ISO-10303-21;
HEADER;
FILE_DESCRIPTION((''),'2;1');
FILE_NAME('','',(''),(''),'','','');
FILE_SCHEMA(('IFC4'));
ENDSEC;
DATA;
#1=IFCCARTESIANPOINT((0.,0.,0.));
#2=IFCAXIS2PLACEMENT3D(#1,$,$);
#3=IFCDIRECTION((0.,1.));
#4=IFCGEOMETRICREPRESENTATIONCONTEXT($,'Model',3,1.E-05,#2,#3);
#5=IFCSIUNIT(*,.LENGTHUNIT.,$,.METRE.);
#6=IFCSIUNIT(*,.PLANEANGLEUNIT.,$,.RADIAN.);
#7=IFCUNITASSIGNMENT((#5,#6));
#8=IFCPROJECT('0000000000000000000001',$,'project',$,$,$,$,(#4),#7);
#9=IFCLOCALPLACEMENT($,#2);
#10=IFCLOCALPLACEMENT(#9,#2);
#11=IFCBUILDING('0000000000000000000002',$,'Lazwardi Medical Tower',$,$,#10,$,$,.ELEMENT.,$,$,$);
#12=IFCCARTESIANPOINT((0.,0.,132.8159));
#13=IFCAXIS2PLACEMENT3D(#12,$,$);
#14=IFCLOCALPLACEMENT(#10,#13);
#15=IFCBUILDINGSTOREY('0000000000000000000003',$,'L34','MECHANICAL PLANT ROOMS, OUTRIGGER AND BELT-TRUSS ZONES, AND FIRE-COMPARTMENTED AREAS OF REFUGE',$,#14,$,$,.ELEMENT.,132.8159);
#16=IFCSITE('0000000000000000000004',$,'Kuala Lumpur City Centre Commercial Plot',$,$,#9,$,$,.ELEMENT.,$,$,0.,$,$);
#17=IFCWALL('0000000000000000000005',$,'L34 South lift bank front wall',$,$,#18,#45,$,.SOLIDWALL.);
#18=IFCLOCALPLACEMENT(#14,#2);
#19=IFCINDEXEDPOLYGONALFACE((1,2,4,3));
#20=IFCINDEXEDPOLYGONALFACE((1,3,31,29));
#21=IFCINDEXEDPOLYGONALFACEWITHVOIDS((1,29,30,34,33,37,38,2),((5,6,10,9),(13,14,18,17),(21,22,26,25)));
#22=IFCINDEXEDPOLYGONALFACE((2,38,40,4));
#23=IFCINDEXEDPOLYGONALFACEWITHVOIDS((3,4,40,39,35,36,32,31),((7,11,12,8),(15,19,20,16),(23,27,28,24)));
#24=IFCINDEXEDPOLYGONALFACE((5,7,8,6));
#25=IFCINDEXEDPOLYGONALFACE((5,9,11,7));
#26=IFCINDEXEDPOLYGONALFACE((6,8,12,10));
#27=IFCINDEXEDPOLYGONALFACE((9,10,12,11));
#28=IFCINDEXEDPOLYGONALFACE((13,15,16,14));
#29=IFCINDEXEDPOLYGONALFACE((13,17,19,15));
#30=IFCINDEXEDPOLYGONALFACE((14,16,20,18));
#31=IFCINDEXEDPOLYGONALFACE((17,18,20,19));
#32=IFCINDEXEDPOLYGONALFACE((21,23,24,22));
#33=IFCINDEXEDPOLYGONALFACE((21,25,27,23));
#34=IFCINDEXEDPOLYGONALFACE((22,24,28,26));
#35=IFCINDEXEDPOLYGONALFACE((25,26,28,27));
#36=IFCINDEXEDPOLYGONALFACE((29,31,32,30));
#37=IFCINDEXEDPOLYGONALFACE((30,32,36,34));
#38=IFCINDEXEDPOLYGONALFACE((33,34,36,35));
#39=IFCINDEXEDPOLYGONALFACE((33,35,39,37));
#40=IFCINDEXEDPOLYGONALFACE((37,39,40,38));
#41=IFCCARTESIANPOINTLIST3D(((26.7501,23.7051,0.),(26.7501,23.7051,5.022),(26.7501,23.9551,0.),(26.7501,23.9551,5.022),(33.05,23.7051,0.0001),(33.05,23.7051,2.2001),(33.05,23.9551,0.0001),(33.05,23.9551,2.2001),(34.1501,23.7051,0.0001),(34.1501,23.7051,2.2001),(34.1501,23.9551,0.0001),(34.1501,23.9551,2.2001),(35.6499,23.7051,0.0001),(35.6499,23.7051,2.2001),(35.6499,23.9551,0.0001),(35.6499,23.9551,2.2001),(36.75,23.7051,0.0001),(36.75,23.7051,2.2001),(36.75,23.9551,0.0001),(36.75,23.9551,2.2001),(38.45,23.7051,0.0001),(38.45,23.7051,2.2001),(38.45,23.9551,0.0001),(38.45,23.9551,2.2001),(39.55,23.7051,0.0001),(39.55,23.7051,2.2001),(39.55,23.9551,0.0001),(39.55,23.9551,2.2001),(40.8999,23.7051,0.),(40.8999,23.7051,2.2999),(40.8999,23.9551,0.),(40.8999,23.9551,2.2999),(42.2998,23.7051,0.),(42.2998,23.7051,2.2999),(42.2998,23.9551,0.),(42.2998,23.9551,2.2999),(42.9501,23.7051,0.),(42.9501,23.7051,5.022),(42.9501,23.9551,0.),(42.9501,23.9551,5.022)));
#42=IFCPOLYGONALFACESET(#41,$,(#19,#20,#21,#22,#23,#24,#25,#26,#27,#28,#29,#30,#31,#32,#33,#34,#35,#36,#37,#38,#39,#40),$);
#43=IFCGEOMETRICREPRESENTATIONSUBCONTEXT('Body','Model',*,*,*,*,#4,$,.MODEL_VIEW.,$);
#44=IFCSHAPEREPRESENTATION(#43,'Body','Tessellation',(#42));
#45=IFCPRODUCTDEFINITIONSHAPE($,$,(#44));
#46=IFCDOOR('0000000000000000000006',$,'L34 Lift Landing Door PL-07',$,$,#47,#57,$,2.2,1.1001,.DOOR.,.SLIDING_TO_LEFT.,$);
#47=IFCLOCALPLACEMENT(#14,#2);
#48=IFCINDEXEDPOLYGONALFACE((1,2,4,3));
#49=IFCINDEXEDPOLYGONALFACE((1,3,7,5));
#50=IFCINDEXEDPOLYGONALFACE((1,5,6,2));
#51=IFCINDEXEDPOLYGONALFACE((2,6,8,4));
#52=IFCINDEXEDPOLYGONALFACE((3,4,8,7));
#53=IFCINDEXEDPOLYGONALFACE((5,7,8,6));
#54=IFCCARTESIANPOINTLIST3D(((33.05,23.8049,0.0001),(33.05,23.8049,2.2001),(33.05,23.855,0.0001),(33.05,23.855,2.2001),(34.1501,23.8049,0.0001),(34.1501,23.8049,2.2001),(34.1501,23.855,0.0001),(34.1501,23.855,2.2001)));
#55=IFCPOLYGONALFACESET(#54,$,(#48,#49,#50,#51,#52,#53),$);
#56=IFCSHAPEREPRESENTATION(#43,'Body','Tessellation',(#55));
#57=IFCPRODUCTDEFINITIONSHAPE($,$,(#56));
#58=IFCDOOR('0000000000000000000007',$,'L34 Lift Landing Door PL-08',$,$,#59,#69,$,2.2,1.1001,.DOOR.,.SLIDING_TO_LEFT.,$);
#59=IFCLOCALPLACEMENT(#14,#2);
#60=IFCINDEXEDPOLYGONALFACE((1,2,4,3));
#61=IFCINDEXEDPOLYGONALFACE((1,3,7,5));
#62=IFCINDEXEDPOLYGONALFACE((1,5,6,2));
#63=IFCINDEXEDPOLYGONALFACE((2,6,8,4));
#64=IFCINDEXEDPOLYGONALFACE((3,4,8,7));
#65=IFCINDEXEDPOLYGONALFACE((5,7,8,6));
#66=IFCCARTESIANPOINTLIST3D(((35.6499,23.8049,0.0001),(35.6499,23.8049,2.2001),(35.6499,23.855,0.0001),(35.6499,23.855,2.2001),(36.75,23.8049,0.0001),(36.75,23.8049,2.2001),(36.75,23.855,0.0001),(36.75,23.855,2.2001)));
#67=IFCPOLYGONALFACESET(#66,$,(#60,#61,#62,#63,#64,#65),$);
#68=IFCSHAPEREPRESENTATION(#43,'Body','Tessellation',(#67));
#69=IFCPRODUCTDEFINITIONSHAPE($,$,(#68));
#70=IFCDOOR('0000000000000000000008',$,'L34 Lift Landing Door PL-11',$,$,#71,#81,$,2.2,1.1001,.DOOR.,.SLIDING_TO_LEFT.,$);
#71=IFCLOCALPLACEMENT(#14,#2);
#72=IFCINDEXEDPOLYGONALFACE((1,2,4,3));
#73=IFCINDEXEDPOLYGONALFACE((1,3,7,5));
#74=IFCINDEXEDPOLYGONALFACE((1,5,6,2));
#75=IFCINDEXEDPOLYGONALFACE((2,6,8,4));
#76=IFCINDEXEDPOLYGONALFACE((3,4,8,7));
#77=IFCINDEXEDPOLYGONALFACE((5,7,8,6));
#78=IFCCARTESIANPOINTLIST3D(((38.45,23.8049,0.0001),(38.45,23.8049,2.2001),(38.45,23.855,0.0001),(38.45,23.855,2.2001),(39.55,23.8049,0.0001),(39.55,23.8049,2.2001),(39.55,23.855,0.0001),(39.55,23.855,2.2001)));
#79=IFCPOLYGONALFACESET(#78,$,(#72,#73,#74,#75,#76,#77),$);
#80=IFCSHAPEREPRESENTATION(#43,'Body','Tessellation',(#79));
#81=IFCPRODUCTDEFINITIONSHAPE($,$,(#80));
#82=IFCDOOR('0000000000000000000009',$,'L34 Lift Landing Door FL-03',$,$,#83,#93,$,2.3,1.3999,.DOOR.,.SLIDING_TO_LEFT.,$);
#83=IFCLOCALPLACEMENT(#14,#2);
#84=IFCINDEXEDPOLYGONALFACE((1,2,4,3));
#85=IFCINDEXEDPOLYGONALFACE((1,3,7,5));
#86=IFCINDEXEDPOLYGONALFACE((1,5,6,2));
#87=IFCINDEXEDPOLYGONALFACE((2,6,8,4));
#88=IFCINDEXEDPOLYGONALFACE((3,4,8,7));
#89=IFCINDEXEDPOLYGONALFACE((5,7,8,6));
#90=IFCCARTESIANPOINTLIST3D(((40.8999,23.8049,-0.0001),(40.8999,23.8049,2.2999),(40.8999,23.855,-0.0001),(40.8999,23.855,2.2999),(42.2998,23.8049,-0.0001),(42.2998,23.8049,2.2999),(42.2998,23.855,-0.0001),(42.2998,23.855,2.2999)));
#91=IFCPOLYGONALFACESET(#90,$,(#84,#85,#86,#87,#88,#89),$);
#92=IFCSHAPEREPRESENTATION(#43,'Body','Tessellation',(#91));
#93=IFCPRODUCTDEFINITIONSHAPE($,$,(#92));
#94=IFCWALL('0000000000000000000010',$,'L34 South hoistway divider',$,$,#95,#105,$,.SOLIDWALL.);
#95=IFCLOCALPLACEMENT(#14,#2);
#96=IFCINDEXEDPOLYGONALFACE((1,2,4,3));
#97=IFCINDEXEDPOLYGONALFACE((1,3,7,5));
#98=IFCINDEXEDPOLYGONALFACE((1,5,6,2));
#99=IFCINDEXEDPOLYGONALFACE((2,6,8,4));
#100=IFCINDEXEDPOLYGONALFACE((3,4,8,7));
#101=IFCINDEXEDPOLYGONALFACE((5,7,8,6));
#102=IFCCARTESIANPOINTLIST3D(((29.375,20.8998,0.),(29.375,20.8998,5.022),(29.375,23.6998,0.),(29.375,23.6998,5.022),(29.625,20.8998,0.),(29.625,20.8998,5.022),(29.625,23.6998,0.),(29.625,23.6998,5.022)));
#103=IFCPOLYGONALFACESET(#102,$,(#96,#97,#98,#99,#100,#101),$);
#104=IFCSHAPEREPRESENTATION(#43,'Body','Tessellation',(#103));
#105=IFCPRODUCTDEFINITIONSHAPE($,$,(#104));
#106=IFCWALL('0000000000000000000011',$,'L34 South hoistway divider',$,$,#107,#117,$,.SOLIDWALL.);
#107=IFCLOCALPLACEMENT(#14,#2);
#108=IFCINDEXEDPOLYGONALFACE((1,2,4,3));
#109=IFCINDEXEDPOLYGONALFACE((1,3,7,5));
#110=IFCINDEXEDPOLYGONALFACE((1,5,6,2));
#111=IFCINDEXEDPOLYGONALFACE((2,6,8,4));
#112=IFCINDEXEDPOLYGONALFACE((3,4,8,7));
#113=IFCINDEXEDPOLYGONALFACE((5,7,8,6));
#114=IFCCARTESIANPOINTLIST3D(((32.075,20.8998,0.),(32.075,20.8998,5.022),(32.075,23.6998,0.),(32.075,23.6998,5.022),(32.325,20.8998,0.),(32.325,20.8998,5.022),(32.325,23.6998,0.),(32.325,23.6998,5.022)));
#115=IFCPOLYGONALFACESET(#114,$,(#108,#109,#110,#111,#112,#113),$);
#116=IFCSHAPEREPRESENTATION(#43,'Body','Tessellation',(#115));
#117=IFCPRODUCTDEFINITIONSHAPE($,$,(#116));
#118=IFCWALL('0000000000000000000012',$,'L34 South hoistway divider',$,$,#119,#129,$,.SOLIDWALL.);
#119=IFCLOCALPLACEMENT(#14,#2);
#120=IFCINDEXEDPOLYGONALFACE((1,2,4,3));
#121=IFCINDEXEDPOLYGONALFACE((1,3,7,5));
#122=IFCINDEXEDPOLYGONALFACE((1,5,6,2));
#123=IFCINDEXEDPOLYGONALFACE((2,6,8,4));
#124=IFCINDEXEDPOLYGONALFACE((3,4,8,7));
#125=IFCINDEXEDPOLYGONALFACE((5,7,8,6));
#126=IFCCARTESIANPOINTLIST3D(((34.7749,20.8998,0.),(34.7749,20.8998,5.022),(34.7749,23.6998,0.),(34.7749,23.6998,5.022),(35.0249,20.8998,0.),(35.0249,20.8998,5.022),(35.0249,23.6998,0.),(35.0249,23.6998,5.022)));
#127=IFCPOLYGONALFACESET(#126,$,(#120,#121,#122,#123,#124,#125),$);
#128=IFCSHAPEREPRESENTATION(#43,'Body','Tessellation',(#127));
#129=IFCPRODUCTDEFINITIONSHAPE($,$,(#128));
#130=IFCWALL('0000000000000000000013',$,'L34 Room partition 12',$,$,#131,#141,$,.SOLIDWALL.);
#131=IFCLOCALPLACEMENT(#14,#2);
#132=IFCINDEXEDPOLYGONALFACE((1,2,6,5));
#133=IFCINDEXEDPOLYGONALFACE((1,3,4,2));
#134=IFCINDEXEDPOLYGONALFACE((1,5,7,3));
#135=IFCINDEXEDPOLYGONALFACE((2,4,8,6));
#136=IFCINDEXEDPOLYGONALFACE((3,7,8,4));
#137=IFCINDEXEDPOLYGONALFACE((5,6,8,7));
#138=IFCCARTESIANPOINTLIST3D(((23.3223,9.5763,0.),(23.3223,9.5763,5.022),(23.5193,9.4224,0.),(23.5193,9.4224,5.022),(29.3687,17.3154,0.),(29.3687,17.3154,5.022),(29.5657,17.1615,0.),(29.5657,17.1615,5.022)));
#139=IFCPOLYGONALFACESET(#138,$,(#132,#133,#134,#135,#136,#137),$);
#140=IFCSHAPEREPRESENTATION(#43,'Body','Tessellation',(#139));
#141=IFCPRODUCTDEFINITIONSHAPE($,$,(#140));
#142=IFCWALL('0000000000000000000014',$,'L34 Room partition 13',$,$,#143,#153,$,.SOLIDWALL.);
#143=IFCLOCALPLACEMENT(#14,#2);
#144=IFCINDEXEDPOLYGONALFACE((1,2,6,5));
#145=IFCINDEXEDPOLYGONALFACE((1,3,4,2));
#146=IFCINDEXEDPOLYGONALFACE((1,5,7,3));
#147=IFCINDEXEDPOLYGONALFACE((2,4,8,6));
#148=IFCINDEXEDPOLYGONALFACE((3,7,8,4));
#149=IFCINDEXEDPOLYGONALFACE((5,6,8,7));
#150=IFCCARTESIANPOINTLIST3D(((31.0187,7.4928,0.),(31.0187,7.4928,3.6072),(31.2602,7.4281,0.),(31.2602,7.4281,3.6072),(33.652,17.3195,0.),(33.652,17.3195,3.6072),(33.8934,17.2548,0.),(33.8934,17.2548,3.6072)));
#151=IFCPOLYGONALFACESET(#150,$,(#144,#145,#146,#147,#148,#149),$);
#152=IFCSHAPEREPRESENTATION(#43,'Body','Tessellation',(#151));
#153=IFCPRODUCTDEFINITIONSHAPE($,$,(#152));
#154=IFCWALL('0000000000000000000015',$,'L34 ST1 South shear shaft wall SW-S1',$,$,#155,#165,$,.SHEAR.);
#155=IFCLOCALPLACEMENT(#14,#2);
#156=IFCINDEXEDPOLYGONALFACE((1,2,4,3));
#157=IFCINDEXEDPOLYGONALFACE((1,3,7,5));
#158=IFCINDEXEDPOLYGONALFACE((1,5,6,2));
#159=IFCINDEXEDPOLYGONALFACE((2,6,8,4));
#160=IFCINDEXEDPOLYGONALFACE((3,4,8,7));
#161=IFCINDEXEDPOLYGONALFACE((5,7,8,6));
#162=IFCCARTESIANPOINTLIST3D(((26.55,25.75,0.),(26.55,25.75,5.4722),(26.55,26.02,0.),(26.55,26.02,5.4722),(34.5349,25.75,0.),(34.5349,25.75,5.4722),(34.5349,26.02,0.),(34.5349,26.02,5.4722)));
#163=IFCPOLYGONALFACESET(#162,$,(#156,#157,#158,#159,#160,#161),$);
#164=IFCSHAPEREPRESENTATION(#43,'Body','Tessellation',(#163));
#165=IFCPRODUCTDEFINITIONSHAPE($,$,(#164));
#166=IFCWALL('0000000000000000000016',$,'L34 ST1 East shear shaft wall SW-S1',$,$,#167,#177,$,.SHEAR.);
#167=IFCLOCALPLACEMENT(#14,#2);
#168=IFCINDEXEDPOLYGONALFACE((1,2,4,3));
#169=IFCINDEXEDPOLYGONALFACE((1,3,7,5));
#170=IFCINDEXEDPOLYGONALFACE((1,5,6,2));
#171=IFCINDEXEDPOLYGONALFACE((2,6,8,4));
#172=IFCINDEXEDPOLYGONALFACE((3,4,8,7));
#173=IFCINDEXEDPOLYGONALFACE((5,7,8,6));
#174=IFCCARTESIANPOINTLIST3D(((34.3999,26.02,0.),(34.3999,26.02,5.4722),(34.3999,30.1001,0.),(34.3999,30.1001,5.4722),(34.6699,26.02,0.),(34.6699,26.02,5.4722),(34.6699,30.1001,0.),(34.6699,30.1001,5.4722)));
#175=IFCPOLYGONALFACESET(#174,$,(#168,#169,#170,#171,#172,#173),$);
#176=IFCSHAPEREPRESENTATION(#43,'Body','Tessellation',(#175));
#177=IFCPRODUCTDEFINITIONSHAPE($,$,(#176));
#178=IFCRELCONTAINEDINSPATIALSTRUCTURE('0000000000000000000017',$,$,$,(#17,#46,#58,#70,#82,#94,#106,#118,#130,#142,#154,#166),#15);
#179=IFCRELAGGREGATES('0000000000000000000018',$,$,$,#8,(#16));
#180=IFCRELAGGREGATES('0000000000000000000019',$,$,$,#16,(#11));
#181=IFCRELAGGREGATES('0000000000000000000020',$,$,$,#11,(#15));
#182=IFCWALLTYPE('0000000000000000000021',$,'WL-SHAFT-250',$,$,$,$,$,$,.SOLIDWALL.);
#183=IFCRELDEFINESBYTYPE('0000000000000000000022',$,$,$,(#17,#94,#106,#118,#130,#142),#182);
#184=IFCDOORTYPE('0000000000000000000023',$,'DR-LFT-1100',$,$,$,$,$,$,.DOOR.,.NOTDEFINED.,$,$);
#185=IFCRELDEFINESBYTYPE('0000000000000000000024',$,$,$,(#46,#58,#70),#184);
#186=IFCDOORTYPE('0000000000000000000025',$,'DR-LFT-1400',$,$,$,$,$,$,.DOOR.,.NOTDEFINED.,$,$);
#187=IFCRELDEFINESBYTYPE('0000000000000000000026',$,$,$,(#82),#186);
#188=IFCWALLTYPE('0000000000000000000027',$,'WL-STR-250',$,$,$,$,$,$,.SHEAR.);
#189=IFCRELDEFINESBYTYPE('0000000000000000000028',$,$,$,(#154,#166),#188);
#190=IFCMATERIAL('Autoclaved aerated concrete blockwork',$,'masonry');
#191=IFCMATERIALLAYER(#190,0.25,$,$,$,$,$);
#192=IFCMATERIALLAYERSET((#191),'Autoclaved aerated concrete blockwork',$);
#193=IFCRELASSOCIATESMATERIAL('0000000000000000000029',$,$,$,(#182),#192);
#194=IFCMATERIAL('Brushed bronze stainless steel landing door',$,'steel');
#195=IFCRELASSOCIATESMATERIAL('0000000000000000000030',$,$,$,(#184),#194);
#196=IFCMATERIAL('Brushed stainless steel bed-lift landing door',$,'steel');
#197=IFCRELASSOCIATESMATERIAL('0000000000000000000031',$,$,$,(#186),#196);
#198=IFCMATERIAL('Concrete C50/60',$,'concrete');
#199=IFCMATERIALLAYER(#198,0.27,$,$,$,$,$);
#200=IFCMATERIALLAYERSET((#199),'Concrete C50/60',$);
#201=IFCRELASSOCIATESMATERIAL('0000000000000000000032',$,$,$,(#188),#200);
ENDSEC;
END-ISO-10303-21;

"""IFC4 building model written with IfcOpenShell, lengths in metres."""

from ifc_helpers import new_model, si_unit, direction, frame, frame_2d, origin, place, context, subcontext, project, spatial, rectangle, extrude, material, layer, layer_set, type_object, element, fill, save


model = new_model("IFC4")

# Units and contexts
model_context = context("Model", 3, precision=1e-05, world=origin(), true_north=direction((0.0, 1.0)))
body_context = subcontext(model_context, "Body", "Model", "MODEL_VIEW")
ifc_project = project(units=[si_unit("LENGTHUNIT", "METRE"), si_unit("PLANEANGLEUNIT", "RADIAN")], contexts=[model_context])

# Site, building, storey
site_placement = place(None, origin())
site = spatial("IfcSite", under=ifc_project, at=site_placement, Name="Kuala Lumpur City Centre Commercial Plot", CompositionType="ELEMENT", RefElevation=0.0)
building_placement = place(site_placement, origin())
building = spatial("IfcBuilding", under=site, at=building_placement, Name="Lazwardi Medical Tower", CompositionType="ELEMENT")
storey_placement = place(building_placement, frame((0.0, 0.0, 132.8159)))
storey = spatial("IfcBuildingStorey", under=building, at=storey_placement, Name="L34", Description="MECHANICAL PLANT ROOMS, OUTRIGGER AND BELT-TRUSS ZONES, AND FIRE-COMPARTMENTED AREAS OF REFUGE", CompositionType="ELEMENT", Elevation=132.8159)

# Wall, openings, doors
ifc_material_1 = material(Name="Autoclaved aerated concrete blockwork", Category="masonry")
ifc_layer_1 = layer(ifc_material_1, 0.25)
ifc_layer_set_1 = layer_set([ifc_layer_1], Name="Autoclaved aerated concrete blockwork")
wall_type_1 = type_object("IfcWallType", Name="WL-SHAFT-250", PredefinedType="SOLIDWALL", material=ifc_layer_set_1)
wall_1_placement = place(storey_placement, frame((26.75, 23.8301, 0.0), z_axis=(0.0, 0.0, 1.0), x_axis=(1.0, 0.0, 0.0)))
wall_1 = element("IfcWall", 1, at=wall_1_placement, inside=storey, type_object=wall_type_1, Name="L34 South lift bank front wall", PredefinedType="SOLIDWALL", context=body_context, shape_type="SweptSolid", body=[
    extrude(rectangle(XDim=16.2, YDim=0.25, at=frame_2d((8.1001, 0.0))), origin(), (0.0, 0.0, 1.0), 5.022),
])
opening_1_placement = place(wall_1_placement, frame((6.3, 0.0, 0.0)))
opening_1 = element("IfcOpeningElement", 2, at=opening_1_placement, cuts=wall_1, PredefinedType="OPENING", context=body_context, shape_type="SweptSolid", body=[
    extrude(rectangle(XDim=1.1001, YDim=2.2, at=frame_2d((0.55, 1.1001))), frame((0.0, 0.135, 0.0), z_axis=(0.0, -1.0, 0.0), x_axis=(1.0, 0.0, 0.0)), (0.0, 0.0, 1.0), 0.27),
])
opening_2_placement = place(wall_1_placement, frame((8.8999, 0.0, 0.0)))
opening_2 = element("IfcOpeningElement", 3, at=opening_2_placement, cuts=wall_1, PredefinedType="OPENING", context=body_context, shape_type="SweptSolid", body=[
    extrude(rectangle(XDim=1.1001, YDim=2.2, at=frame_2d((0.55, 1.1001))), frame((0.0, 0.135, 0.0), z_axis=(0.0, -1.0, 0.0), x_axis=(1.0, 0.0, 0.0)), (0.0, 0.0, 1.0), 0.27),
])
opening_3_placement = place(wall_1_placement, frame((11.7, 0.0, 0.0)))
opening_3 = element("IfcOpeningElement", 4, at=opening_3_placement, cuts=wall_1, PredefinedType="OPENING", context=body_context, shape_type="SweptSolid", body=[
    extrude(rectangle(XDim=1.1001, YDim=2.2, at=frame_2d((0.55, 1.1001))), frame((0.0, 0.135, 0.0), z_axis=(0.0, -1.0, 0.0), x_axis=(1.0, 0.0, 0.0)), (0.0, 0.0, 1.0), 0.27),
])
opening_4_placement = place(wall_1_placement, frame((14.1499, 0.0, 0.0)))
opening_4 = element("IfcOpeningElement", 5, at=opening_4_placement, cuts=wall_1, PredefinedType="OPENING", context=body_context, shape_type="SweptSolid", body=[
    extrude(rectangle(XDim=1.3999, YDim=2.3, at=frame_2d((0.7, 1.1499))), frame((0.0, 0.135, 0.0), z_axis=(0.0, -1.0, 0.0), x_axis=(1.0, 0.0, 0.0)), (0.0, 0.0, 1.0), 0.27),
])
ifc_material_2 = material(Name="Brushed bronze stainless steel landing door", Category="steel")
door_type_1 = type_object("IfcDoorType", Name="DR-LFT-1100", OperationType="NOTDEFINED", PredefinedType="DOOR", material=ifc_material_2)
door_1_placement = place(opening_1_placement, origin())
door_1 = element("IfcDoor", 6, at=door_1_placement, inside=storey, type_object=door_type_1, Name="L34 Lift Landing Door PL-07", OperationType="SLIDING_TO_LEFT", OverallHeight=2.2, OverallWidth=1.1001, PredefinedType="DOOR", context=body_context, shape_type="SweptSolid", body=[
    extrude(rectangle(XDim=1.1001, YDim=2.2, at=frame_2d((0.55, 1.1001))), frame((0.0, 0.0249, 0.0), z_axis=(0.0, -1.0, 0.0), x_axis=(1.0, 0.0, 0.0)), (0.0, 0.0, 1.0), 0.05),
])
fill(opening_1, door_1)
door_2_placement = place(opening_2_placement, origin())
door_2 = element("IfcDoor", 7, at=door_2_placement, inside=storey, type_object=door_type_1, Name="L34 Lift Landing Door PL-08", OperationType="SLIDING_TO_LEFT", OverallHeight=2.2, OverallWidth=1.1001, PredefinedType="DOOR", context=body_context, shape_type="SweptSolid", body=[
    extrude(rectangle(XDim=1.1001, YDim=2.2, at=frame_2d((0.55, 1.1001))), frame((0.0, 0.0249, 0.0), z_axis=(0.0, -1.0, 0.0), x_axis=(1.0, 0.0, 0.0)), (0.0, 0.0, 1.0), 0.05),
])
fill(opening_2, door_2)
door_3_placement = place(opening_3_placement, origin())
door_3 = element("IfcDoor", 8, at=door_3_placement, inside=storey, type_object=door_type_1, Name="L34 Lift Landing Door PL-11", OperationType="SLIDING_TO_LEFT", OverallHeight=2.2, OverallWidth=1.1001, PredefinedType="DOOR", context=body_context, shape_type="SweptSolid", body=[
    extrude(rectangle(XDim=1.1001, YDim=2.2, at=frame_2d((0.55, 1.1001))), frame((0.0, 0.0249, 0.0), z_axis=(0.0, -1.0, 0.0), x_axis=(1.0, 0.0, 0.0)), (0.0, 0.0, 1.0), 0.05),
])
fill(opening_3, door_3)
ifc_material_3 = material(Name="Brushed stainless steel bed-lift landing door", Category="steel")
door_type_2 = type_object("IfcDoorType", Name="DR-LFT-1400", OperationType="NOTDEFINED", PredefinedType="DOOR", material=ifc_material_3)
door_4_placement = place(opening_4_placement, origin())
door_4 = element("IfcDoor", 9, at=door_4_placement, inside=storey, type_object=door_type_2, Name="L34 Lift Landing Door FL-03", OperationType="SLIDING_TO_LEFT", OverallHeight=2.3, OverallWidth=1.3999, PredefinedType="DOOR", context=body_context, shape_type="SweptSolid", body=[
    extrude(rectangle(XDim=1.3999, YDim=2.3, at=frame_2d((0.7, 1.1499))), frame((0.0, 0.0249, 0.0), z_axis=(0.0, -1.0, 0.0), x_axis=(1.0, 0.0, 0.0)), (0.0, 0.0, 1.0), 0.05),
])
fill(opening_4, door_4)

# Walls
for number, where, z_axis, x_axis, name in (
    (10, (29.5, 20.8999, 0.0), (0.0, 0.0, 1.0), (0.0, 1.0, 0.0), "L34 South hoistway divider"),
    (11, (32.2, 20.8999, 0.0), (0.0, 0.0, 1.0), (0.0, 1.0, 0.0), "L34 South hoistway divider"),
    (12, (34.8999, 20.8999, 0.0), (0.0, 0.0, 1.0), (0.0, 1.0, 0.0), "L34 South hoistway divider"),
):
    element("IfcWall", number, at=place(storey_placement, frame(where, z_axis=z_axis, x_axis=x_axis)), inside=storey, type_object=wall_type_1, Name=name, PredefinedType="SOLIDWALL", context=body_context, shape_type="SweptSolid", body=[
        extrude(rectangle(XDim=2.8, YDim=0.25, at=frame_2d((1.3999, 0.0))), origin(), (0.0, 0.0, 1.0), 5.022),
    ])
wall_2_placement = place(storey_placement, frame((29.4673, 17.2385, 0.0), z_axis=(0.0, 0.0, 1.0), x_axis=(-0.615662, -0.78801, 0.0)))
element("IfcWall", 13, at=wall_2_placement, inside=storey, type_object=wall_type_1, Name="L34 Room partition 12", PredefinedType="SOLIDWALL", context=body_context, shape_type="SweptSolid", body=[
    extrude(rectangle(XDim=9.821, YDim=0.25, at=frame_2d((4.9106, 0.0))), origin(), (0.0, 0.0, 1.0), 5.022),
])
wall_3_placement = place(storey_placement, frame((33.7727, 17.2871, 0.0), z_axis=(0.0, 0.0, 1.0), x_axis=(-0.258842, -0.96592, 0.0)))
element("IfcWall", 14, at=wall_3_placement, inside=storey, type_object=wall_type_1, Name="L34 Room partition 13", PredefinedType="SOLIDWALL", context=body_context, shape_type="SweptSolid", body=[
    extrude(rectangle(XDim=10.1733, YDim=0.25, at=frame_2d((5.0867, 0.0))), origin(), (0.0, 0.0, 1.0), 3.6072),
])
ifc_material_4 = material(Name="Concrete C50/60", Category="concrete")
ifc_layer_2 = layer(ifc_material_4, 0.27)
ifc_layer_set_2 = layer_set([ifc_layer_2], Name="Concrete C50/60")
wall_type_2 = type_object("IfcWallType", Name="WL-STR-250", PredefinedType="SHEAR", material=ifc_layer_set_2)
wall_4_placement = place(storey_placement, frame((26.55, 25.885, 0.0), z_axis=(0.0, 0.0, 1.0), x_axis=(1.0, 0.0, 0.0)))
element("IfcWall", 15, at=wall_4_placement, inside=storey, type_object=wall_type_2, Name="L34 ST1 South shear shaft wall SW-S1", PredefinedType="SHEAR", context=body_context, shape_type="SweptSolid", body=[
    extrude(rectangle(XDim=7.9849, YDim=0.27, at=frame_2d((3.9924, 0.0))), origin(), (0.0, 0.0, 1.0), 5.4722),
])

# Wall
wall_5_placement = place(storey_placement, frame((34.5349, 26.02, 0.0), z_axis=(0.0, 0.0, 1.0), x_axis=(0.0, 1.0, 0.0)))
element("IfcWall", 16, at=wall_5_placement, inside=storey, type_object=wall_type_2, Name="L34 ST1 East shear shaft wall SW-S1", PredefinedType="SHEAR", context=body_context, shape_type="SweptSolid", body=[
    extrude(rectangle(XDim=4.0801, YDim=0.27, at=frame_2d((2.04, 0.0))), origin(), (0.0, 0.0, 1.0), 5.4722),
])

save(model, "model.ifc")
